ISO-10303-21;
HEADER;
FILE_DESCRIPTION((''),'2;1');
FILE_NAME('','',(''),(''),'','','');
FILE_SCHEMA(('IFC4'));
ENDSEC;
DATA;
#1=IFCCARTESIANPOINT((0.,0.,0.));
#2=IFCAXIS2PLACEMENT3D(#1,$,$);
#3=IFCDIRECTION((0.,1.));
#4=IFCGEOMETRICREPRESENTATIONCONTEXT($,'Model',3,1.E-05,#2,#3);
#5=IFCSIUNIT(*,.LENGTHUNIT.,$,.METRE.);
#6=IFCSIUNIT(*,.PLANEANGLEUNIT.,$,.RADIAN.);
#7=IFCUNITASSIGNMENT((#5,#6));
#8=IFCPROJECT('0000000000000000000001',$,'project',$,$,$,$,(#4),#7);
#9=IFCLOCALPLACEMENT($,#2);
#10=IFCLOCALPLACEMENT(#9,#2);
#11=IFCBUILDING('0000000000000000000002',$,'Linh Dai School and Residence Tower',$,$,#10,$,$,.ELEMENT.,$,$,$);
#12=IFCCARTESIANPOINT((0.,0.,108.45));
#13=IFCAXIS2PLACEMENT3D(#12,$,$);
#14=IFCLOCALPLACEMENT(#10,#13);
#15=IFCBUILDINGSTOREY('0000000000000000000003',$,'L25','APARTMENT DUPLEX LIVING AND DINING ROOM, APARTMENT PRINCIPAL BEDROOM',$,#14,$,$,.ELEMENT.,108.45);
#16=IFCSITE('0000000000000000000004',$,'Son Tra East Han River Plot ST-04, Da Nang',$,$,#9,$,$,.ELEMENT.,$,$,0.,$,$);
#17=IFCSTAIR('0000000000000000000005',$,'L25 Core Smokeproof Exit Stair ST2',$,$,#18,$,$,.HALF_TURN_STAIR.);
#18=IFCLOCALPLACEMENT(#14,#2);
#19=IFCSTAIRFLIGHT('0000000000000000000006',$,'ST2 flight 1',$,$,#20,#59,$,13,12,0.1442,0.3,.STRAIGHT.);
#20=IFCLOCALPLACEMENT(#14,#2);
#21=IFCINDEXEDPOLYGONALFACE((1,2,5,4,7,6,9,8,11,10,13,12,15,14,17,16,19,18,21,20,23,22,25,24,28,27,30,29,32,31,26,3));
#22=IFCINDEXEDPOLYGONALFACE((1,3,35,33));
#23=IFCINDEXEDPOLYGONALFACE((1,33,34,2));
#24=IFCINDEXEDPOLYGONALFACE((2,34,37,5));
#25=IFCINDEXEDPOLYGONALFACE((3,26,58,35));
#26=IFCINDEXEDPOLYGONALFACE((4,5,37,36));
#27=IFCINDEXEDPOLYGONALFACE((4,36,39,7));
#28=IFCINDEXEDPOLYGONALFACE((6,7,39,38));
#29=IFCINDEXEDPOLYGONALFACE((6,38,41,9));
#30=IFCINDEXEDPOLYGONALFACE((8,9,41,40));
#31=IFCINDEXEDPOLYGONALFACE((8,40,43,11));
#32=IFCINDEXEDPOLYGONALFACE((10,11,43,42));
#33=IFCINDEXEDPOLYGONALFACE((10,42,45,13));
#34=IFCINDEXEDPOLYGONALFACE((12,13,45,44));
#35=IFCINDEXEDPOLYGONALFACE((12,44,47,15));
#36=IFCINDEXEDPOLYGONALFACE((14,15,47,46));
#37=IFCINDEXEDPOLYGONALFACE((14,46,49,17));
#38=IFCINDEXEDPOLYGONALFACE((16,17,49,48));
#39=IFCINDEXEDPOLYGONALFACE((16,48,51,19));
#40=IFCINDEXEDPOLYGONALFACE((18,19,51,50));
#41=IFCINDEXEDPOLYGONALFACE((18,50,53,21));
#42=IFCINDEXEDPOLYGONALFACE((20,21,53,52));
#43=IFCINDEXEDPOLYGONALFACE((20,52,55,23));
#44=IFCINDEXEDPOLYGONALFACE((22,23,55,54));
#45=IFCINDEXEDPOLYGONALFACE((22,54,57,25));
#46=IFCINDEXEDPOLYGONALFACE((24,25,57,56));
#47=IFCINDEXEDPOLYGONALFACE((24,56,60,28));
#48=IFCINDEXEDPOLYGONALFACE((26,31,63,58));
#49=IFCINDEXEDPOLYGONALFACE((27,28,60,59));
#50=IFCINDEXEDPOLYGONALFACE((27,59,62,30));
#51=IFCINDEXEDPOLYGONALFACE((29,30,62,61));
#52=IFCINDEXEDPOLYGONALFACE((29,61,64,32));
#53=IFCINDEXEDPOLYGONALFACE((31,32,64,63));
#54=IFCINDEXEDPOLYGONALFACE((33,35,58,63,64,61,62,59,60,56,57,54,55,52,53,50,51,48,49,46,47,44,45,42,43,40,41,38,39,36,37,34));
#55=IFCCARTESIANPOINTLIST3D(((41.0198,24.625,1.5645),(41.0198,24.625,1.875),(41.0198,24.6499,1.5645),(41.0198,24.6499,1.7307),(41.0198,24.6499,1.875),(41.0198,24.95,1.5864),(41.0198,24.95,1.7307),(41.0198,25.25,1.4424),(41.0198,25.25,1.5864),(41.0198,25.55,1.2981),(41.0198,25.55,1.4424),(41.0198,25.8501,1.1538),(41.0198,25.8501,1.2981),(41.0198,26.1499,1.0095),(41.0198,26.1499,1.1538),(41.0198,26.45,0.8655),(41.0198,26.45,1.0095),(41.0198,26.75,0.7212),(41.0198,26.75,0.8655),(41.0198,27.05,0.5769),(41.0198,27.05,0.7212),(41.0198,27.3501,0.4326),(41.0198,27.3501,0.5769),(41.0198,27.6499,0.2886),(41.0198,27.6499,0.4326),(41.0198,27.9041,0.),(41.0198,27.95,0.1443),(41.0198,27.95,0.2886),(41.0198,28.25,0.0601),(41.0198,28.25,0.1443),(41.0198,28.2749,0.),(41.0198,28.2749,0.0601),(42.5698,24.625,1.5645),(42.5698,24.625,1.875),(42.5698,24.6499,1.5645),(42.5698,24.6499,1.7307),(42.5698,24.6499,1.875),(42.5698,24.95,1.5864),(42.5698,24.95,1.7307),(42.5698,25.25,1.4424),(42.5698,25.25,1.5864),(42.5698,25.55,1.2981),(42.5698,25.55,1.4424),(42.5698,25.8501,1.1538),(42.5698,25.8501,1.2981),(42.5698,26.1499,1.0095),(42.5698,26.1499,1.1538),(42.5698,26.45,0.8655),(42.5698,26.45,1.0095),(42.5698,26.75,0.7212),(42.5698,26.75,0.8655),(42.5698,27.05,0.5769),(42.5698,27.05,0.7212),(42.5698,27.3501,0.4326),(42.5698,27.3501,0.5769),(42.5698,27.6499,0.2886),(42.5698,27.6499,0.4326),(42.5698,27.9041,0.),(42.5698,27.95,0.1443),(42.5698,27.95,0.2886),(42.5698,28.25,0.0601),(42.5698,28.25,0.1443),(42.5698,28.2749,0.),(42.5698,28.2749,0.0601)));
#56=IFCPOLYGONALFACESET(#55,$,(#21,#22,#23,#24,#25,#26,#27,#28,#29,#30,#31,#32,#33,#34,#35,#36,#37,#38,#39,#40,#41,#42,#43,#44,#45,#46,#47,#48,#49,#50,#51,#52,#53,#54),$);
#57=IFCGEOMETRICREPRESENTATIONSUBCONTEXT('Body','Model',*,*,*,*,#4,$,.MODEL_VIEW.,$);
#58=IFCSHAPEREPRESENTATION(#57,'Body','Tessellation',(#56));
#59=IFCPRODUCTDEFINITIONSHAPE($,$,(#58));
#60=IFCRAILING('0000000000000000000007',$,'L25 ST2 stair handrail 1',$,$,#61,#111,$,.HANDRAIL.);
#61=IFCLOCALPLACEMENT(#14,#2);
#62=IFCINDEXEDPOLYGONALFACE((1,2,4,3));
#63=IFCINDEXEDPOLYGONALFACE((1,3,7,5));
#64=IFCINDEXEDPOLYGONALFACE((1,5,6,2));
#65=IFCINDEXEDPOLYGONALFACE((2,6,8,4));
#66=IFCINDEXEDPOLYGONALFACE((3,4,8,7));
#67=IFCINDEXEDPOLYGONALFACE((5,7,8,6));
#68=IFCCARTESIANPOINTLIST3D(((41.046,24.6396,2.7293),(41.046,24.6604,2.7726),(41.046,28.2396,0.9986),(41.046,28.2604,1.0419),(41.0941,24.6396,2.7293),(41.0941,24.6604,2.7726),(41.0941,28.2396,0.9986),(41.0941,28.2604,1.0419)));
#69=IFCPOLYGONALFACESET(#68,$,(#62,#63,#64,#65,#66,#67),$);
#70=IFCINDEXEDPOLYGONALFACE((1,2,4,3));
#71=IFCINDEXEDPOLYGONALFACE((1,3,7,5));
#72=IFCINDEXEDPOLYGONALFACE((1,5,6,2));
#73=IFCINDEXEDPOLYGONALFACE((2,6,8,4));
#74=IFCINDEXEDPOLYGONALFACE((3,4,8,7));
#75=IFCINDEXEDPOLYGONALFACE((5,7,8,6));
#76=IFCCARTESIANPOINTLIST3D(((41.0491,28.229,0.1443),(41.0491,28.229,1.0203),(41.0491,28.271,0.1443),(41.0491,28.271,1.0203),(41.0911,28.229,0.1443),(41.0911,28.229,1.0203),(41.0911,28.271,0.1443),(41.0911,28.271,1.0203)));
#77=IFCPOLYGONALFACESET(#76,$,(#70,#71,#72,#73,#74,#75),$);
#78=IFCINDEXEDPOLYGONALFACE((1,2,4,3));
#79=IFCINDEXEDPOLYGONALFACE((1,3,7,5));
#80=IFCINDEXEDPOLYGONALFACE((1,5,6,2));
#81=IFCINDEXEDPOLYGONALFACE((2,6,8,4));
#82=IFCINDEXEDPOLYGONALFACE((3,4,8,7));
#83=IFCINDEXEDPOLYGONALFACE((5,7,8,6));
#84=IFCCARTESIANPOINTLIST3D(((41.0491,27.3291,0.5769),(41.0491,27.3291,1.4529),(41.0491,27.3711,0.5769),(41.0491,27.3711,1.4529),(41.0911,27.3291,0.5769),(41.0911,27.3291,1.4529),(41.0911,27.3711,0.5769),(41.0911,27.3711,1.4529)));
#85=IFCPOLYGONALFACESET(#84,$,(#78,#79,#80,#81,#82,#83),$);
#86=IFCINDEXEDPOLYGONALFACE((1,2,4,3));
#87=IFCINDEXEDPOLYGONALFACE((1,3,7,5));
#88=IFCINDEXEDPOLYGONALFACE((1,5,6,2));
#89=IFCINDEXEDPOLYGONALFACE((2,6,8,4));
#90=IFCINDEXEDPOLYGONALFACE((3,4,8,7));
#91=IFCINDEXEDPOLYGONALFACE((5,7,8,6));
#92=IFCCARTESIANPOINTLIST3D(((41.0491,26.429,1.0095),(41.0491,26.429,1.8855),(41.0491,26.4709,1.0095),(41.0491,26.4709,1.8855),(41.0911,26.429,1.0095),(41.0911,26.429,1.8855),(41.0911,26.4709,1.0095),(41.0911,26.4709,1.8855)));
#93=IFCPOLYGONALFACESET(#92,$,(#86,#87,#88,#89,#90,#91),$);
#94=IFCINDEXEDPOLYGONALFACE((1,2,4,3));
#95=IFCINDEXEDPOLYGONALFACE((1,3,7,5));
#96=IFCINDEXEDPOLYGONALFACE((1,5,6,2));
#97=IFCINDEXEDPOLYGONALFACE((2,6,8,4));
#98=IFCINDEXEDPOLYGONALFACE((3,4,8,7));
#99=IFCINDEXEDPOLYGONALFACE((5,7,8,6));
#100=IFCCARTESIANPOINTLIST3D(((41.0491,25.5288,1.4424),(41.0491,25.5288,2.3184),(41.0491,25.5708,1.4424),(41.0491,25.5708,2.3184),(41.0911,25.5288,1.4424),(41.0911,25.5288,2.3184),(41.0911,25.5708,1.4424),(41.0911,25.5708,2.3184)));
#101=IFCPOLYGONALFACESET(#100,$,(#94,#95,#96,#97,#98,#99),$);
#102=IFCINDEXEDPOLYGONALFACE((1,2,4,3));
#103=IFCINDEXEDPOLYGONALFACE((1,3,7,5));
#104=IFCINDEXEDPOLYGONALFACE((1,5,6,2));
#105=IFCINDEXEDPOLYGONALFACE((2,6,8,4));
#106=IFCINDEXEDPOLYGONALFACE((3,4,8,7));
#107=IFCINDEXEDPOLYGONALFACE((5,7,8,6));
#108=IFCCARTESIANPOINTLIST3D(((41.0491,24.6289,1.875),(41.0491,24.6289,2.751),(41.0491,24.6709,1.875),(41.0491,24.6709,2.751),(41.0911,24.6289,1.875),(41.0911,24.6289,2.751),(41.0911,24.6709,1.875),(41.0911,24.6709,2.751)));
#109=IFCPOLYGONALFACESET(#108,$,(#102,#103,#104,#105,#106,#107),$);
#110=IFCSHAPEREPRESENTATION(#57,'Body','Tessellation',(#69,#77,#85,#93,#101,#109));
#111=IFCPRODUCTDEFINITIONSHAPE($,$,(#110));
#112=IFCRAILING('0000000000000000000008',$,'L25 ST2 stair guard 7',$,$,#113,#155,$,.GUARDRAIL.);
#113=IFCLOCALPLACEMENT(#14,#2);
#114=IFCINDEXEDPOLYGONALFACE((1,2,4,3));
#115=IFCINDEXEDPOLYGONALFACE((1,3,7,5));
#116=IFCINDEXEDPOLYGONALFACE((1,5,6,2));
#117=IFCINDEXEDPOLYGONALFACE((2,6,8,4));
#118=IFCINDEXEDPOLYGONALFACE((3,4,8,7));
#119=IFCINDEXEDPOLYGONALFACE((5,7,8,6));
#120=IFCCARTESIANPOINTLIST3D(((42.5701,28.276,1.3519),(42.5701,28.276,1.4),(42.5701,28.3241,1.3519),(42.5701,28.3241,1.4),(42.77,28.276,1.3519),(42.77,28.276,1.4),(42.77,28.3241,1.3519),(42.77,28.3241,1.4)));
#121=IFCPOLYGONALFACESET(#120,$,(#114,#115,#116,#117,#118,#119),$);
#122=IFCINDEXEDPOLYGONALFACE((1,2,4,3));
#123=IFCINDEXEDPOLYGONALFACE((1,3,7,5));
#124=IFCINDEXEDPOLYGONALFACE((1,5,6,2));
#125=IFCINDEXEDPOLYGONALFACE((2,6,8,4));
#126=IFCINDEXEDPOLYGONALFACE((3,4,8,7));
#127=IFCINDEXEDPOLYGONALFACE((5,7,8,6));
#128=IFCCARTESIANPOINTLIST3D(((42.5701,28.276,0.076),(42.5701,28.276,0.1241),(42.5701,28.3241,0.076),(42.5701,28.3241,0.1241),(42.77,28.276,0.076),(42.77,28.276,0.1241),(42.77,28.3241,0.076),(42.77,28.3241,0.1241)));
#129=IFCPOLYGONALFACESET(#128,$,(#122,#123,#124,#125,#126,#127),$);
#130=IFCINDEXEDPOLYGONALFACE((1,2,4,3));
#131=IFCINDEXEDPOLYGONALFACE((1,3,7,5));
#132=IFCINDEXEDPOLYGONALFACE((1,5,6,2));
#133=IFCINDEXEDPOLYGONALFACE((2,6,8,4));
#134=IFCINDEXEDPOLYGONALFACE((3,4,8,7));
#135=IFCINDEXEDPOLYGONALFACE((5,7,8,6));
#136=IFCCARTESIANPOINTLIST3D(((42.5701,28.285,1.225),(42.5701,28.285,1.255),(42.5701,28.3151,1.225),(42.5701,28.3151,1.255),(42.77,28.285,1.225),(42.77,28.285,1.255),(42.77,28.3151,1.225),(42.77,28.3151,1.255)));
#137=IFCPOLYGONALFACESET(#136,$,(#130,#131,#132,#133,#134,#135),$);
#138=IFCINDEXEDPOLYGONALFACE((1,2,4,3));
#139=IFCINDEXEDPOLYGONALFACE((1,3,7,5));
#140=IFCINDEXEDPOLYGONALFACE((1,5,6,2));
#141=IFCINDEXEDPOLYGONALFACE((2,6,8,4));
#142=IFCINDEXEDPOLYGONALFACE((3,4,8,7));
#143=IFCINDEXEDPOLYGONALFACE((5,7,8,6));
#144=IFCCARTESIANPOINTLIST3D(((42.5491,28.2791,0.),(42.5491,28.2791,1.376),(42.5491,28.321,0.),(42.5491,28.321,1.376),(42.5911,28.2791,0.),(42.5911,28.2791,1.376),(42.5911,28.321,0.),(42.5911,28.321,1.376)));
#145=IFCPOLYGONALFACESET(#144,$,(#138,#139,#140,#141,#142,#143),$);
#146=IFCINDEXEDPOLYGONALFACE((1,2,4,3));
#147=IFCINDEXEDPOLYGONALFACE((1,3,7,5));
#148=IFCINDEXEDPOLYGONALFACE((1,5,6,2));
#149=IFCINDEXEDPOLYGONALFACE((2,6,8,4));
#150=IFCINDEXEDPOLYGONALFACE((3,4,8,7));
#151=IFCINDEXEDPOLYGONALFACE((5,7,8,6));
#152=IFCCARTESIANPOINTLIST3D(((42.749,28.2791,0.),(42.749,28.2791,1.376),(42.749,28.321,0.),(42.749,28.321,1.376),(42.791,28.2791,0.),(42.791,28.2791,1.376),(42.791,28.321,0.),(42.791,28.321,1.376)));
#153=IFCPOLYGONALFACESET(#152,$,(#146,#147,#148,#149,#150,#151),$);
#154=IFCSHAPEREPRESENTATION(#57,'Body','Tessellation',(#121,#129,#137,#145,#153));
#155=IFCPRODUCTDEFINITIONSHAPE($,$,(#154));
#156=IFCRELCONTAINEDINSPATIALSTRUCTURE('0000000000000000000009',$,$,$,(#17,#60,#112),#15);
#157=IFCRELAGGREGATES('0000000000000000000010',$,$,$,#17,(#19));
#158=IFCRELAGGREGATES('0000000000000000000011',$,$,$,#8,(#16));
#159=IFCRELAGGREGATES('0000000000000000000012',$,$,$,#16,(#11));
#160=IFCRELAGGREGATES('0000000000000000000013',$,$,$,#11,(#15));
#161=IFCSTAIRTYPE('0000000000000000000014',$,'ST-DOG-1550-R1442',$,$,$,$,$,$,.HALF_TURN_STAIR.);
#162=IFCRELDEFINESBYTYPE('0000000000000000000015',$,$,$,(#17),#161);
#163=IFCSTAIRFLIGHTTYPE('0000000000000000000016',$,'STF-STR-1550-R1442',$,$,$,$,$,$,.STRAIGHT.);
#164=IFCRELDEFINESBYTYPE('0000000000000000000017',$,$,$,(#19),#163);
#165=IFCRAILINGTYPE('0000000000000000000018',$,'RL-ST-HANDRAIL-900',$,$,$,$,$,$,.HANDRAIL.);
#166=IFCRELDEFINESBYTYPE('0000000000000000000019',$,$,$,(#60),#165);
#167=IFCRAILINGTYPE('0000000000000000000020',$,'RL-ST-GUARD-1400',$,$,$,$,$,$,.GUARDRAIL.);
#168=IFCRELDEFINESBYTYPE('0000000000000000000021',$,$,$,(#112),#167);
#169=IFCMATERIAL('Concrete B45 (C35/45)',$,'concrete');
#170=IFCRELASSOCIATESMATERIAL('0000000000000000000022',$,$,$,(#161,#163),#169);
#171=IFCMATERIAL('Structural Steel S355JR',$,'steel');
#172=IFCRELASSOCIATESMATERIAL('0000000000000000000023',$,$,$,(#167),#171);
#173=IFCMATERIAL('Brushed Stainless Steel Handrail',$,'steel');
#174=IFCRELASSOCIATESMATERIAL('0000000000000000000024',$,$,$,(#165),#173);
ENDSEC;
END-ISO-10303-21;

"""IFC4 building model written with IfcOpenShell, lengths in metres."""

from ifc_helpers import new_model, si_unit, direction, frame, origin, origin_2d, place, context, subcontext, project, spatial, polyline, rectangle, outline, extrude, source, transform, mapped, material, type_object, element, aggregate, save


model = new_model("IFC4")

# Units and contexts
model_context = context("Model", 3, precision=1e-05, world=origin(), true_north=direction((0.0, 1.0)))
body_context = subcontext(model_context, "Body", "Model", "MODEL_VIEW")
ifc_project = project(units=[si_unit("LENGTHUNIT", "METRE"), si_unit("PLANEANGLEUNIT", "RADIAN")], contexts=[model_context])

# Site, building, storey
site_placement = place(None, origin())
site = spatial("IfcSite", under=ifc_project, at=site_placement, Name="Son Tra East Han River Plot ST-04, Da Nang", CompositionType="ELEMENT", RefElevation=0.0)
building_placement = place(site_placement, origin())
building = spatial("IfcBuilding", under=site, at=building_placement, Name="Linh Dai School and Residence Tower", CompositionType="ELEMENT")
storey_placement = place(building_placement, frame((0.0, 0.0, 108.45)))
storey = spatial("IfcBuildingStorey", under=building, at=storey_placement, Name="L25", Description="APARTMENT DUPLEX LIVING AND DINING ROOM, APARTMENT PRINCIPAL BEDROOM", CompositionType="ELEMENT", Elevation=108.45)

# Shared definitions
ifc_material_1 = material(Name="Structural Steel S355JR", Category="steel")

# Shared definitions
ifc_material_2 = material(Name="Concrete B45 (C35/45)", Category="concrete")

# Stair, stair flight
stair_type = type_object("IfcStairType", Name="ST-DOG-1550-R1442", PredefinedType="HALF_TURN_STAIR", material=ifc_material_2)
stair_placement = place(storey_placement, origin())
stair = element("IfcStair", 1, at=stair_placement, inside=storey, type_object=stair_type, Name="L25 Core Smokeproof Exit Stair ST2", PredefinedType="HALF_TURN_STAIR")
stair_flight_type = type_object("IfcStairFlightType", Name="STF-STR-1550-R1442", PredefinedType="STRAIGHT", material=ifc_material_2)
shared_shape_1 = source(origin(), body_context, "Body", "SweptSolid", [
    extrude(outline(polyline([(-0.0249, 0.0), (-0.0249, 0.0601), (0.0, 0.0601), (0.0, 0.1443), (0.3, 0.1443), (0.3, 0.2886), (0.6001, 0.2886), (0.6001, 0.4326), (0.8999, 0.4326), (0.8999, 0.5769), (1.2, 0.5769), (1.2, 0.7212), (1.5, 0.7212), (1.5, 0.8655), (1.8, 0.8655), (1.8, 1.0095), (2.1001, 1.0095), (2.1001, 1.1538), (2.3999, 1.1538), (2.3999, 1.2981), (2.7, 1.2981), (2.7, 1.4424), (3.0, 1.4424), (3.0, 1.5864), (3.3, 1.5864), (3.3, 1.7307), (3.6001, 1.7307), (3.6001, 1.875), (3.625, 1.875), (3.625, 1.5645), (3.6001, 1.5645), (0.3459, 0.0), (-0.0249, 0.0)])), frame((0.0, 0.7749, 0.0), z_axis=(0.0, -1.0, 0.0), x_axis=(1.0, 0.0, 0.0)), (0.0, 0.0, 1.0), 1.55),
])
stair_flight_placement = place(storey_placement, frame((41.7949, 28.25, 0.0), z_axis=(0.0, 0.0, 1.0), x_axis=(0.0, -1.0, 0.0)))
stair_flight = element("IfcStairFlight", 2, at=stair_flight_placement, type_object=stair_flight_type, Name="ST2 flight 1", NumberOfRisers=13, NumberOfTreads=12, PredefinedType="STRAIGHT", RiserHeight=0.1442, TreadLength=0.3, context=body_context, shape_type="MappedRepresentation", body=[
    mapped(shared_shape_1, transform((0.0, 0.0, 0.0), x_axis=(1.0, 0.0, 0.0), y_axis=(0.0, 1.0, 0.0), z_axis=(0.0, 0.0, 1.0), scale=1.0)),
])
aggregate(stair, [stair_flight])

# Railings
railing_type_1 = type_object("IfcRailingType", Name="RL-ST-GUARD-1400", PredefinedType="GUARDRAIL", material=ifc_material_1)
ifc_material_3 = material(Name="Brushed Stainless Steel Handrail", Category="steel")
railing_type_2 = type_object("IfcRailingType", Name="RL-ST-HANDRAIL-900", PredefinedType="HANDRAIL", material=ifc_material_3)
shared_shape_2 = source(origin(), body_context, "Body", "SweptSolid", [
    extrude(rectangle(XDim=0.0481, YDim=0.0481, at=origin_2d()), frame((0.0, 0.0, 0.876), z_axis=(0.0, -0.901263, 0.433273), x_axis=(1.0, 0.0, 0.0)), (0.0, 0.0, 1.0), 3.9944),
    extrude(rectangle(XDim=0.042, YDim=0.042, at=origin_2d()), origin(), (0.0, 0.0, 1.0), 0.876),
    extrude(rectangle(XDim=0.042, YDim=0.042, at=origin_2d()), frame((0.0, -0.8999, 0.4326)), (0.0, 0.0, 1.0), 0.876),
    extrude(rectangle(XDim=0.042, YDim=0.042, at=origin_2d()), frame((0.0, -1.8, 0.8652)), (0.0, 0.0, 1.0), 0.876),
    extrude(rectangle(XDim=0.042, YDim=0.042, at=origin_2d()), frame((0.0, -2.7002, 1.2981)), (0.0, 0.0, 1.0), 0.876),
    extrude(rectangle(XDim=0.042, YDim=0.042, at=origin_2d()), frame((0.0, -3.6001, 1.7307)), (0.0, 0.0, 1.0), 0.876),
])
railing_1_placement = place(storey_placement, frame((41.0701, 28.25, 0.1443)))
element("IfcRailing", 3, at=railing_1_placement, inside=storey, type_object=railing_type_2, Name="L25 ST2 stair handrail 1", PredefinedType="HANDRAIL", context=body_context, shape_type="MappedRepresentation", body=[
    mapped(shared_shape_2, transform((0.0, 0.0, 0.0), x_axis=(1.0, 0.0, 0.0), y_axis=(0.0, 1.0, 0.0), z_axis=(0.0, 0.0, 1.0), scale=1.0)),
])
shared_shape_3 = source(origin(), body_context, "Body", "SweptSolid", [
    extrude(rectangle(XDim=0.0481, YDim=0.0481, at=origin_2d()), frame((0.0, 0.0, 1.376), z_axis=(1.0, 0.0, 0.0), x_axis=(0.0, 1.0, 0.0)), (0.0, 0.0, 1.0), 0.2),
    extrude(rectangle(XDim=0.0481, YDim=0.0481, at=origin_2d()), frame((0.0, 0.0, 0.1001), z_axis=(1.0, 0.0, 0.0), x_axis=(0.0, 1.0, 0.0)), (0.0, 0.0, 1.0), 0.2),
    extrude(rectangle(XDim=0.03, YDim=0.03, at=origin_2d()), frame((0.0, 0.0, 1.24), z_axis=(1.0, 0.0, 0.0), x_axis=(0.0, 1.0, 0.0)), (0.0, 0.0, 1.0), 0.2),
    extrude(rectangle(XDim=0.042, YDim=0.042, at=origin_2d()), origin(), (0.0, 0.0, 1.0), 1.376),
    extrude(rectangle(XDim=0.042, YDim=0.042, at=origin_2d()), frame((0.2, 0.0, 0.0)), (0.0, 0.0, 1.0), 1.376),
])
railing_2_placement = place(storey_placement, frame((42.5701, 28.3, 0.0)))
element("IfcRailing", 4, at=railing_2_placement, inside=storey, type_object=railing_type_1, Name="L25 ST2 stair guard 7", PredefinedType="GUARDRAIL", context=body_context, shape_type="MappedRepresentation", body=[
    mapped(shared_shape_3, transform((0.0, 0.0, 0.0), x_axis=(1.0, 0.0, 0.0), y_axis=(0.0, 1.0, 0.0), z_axis=(0.0, 0.0, 1.0), scale=1.0)),
])

save(model, "model.ifc")
